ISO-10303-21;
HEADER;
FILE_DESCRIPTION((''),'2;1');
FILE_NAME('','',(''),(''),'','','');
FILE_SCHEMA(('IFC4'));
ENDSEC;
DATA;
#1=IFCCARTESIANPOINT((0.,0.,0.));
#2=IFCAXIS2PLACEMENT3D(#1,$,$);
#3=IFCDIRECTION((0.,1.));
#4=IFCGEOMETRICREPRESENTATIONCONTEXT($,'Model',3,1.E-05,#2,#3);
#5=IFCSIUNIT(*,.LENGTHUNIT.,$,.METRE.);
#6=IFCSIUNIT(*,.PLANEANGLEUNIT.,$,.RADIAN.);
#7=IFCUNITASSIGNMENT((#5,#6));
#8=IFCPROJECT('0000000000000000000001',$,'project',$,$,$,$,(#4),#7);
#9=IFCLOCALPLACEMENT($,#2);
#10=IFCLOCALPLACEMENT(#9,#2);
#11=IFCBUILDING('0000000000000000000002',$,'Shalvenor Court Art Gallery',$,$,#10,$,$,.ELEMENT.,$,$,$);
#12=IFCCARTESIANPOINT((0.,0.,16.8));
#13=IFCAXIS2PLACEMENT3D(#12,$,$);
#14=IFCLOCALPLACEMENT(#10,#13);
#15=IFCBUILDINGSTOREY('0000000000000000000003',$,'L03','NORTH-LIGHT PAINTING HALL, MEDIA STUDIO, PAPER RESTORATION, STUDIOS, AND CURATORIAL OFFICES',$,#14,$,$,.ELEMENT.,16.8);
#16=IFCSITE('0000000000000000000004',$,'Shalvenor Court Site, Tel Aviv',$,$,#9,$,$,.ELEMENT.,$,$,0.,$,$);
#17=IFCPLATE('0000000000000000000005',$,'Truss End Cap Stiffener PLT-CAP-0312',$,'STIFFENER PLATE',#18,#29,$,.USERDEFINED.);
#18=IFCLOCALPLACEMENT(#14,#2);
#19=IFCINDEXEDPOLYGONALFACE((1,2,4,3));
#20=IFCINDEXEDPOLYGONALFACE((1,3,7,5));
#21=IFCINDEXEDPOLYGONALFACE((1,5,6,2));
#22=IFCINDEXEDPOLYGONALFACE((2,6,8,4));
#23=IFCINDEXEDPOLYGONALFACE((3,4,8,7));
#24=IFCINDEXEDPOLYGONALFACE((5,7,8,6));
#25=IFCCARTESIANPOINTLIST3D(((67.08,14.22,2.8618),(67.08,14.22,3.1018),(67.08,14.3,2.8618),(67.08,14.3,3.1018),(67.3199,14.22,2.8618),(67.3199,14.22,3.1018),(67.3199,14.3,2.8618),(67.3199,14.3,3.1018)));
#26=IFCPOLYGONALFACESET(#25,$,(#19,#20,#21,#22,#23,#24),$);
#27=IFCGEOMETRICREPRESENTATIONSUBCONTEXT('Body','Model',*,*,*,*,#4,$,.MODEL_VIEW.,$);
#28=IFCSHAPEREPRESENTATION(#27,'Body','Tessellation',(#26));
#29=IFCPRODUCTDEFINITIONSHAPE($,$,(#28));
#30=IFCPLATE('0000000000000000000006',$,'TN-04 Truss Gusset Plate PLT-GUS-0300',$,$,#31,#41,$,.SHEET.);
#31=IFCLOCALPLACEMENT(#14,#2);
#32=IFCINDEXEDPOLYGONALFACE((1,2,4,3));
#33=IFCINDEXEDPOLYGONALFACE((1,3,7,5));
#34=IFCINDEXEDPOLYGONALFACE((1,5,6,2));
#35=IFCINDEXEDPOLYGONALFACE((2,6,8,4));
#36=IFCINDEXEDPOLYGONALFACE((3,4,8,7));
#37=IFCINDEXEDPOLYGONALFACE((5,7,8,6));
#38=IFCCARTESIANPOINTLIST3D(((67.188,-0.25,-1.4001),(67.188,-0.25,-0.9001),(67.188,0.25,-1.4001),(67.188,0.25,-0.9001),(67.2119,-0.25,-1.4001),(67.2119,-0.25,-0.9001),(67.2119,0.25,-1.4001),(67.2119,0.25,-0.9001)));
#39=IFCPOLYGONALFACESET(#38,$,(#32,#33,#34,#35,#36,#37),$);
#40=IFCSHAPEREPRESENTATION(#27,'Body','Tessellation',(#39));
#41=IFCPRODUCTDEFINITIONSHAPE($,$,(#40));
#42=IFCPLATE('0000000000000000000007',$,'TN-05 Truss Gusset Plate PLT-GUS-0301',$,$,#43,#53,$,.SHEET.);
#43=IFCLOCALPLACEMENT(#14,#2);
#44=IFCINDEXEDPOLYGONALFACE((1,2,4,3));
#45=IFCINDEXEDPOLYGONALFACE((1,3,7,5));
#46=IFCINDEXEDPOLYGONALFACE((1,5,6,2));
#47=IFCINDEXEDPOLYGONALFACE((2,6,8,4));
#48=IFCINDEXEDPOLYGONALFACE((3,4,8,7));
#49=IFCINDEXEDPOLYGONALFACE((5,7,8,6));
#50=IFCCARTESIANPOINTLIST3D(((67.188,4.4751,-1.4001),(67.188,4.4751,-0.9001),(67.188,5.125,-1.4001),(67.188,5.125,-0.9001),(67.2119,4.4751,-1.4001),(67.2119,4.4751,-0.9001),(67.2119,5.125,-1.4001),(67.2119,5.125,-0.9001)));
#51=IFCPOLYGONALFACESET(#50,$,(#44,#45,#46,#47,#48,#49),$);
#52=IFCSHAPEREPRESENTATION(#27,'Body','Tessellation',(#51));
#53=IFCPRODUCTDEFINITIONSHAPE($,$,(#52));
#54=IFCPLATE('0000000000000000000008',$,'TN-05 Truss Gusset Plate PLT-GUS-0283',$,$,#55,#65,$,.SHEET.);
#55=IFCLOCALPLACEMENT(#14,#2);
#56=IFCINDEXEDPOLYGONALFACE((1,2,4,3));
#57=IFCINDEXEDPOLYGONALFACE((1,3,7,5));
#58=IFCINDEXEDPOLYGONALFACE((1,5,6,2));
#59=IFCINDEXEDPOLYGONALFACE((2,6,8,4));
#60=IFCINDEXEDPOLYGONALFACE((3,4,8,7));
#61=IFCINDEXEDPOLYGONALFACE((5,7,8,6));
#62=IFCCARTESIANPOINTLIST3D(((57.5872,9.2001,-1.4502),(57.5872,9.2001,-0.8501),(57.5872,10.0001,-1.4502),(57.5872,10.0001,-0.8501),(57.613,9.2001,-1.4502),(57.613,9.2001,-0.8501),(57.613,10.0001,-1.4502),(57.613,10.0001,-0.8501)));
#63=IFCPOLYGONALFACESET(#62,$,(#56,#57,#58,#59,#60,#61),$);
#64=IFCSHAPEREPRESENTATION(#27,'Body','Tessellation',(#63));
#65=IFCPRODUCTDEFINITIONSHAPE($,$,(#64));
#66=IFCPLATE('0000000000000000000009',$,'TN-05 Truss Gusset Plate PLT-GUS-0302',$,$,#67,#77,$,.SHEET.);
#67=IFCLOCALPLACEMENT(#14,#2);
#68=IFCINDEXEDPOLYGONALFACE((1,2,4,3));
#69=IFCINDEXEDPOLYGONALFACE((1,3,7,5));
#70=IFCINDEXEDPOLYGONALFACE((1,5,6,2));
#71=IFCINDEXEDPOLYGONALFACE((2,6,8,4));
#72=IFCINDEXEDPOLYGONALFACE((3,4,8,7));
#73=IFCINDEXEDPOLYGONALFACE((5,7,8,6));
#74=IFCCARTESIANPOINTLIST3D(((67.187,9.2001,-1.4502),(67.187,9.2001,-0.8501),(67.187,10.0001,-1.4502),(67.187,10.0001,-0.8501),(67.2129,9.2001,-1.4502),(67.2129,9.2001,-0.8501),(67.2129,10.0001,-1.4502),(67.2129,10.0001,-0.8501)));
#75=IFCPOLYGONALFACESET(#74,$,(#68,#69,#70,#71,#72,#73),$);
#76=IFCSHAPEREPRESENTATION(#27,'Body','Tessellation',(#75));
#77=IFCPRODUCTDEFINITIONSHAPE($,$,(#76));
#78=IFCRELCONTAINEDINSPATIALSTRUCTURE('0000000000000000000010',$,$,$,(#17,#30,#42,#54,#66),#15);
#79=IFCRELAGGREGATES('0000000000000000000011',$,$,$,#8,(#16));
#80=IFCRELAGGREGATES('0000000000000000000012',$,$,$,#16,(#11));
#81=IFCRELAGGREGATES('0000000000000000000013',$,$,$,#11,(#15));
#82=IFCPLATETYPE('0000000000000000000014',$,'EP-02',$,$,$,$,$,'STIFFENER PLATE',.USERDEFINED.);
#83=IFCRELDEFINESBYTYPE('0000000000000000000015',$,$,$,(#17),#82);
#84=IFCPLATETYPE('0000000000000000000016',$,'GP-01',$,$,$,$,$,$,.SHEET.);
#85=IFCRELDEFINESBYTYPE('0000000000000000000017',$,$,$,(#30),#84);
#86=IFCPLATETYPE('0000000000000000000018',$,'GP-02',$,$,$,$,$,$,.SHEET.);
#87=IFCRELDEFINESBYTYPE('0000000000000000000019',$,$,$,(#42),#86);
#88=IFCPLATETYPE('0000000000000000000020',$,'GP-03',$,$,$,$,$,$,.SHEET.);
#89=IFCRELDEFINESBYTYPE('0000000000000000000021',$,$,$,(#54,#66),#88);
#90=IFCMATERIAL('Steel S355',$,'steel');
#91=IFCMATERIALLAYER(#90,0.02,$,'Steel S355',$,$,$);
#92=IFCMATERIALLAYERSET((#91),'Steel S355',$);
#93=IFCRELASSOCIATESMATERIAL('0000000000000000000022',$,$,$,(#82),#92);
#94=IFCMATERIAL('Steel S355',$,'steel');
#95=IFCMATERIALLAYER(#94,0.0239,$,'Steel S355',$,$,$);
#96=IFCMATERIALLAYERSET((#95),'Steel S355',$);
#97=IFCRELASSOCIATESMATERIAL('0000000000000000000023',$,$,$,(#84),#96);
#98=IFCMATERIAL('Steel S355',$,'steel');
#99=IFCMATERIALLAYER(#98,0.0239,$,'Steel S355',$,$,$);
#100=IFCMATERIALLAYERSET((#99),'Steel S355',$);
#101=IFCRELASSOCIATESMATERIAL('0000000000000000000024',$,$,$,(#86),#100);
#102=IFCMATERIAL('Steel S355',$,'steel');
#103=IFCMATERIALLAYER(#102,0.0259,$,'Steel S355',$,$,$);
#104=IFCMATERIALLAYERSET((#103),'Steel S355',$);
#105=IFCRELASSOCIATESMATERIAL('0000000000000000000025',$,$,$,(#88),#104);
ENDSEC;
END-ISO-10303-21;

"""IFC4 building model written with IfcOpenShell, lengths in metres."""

from ifc_helpers import new_model, si_unit, direction, frame, origin, origin_2d, place, context, subcontext, project, spatial, rectangle, extrude, material, layer, layer_set, type_object, element, save


model = new_model("IFC4")

# Units and contexts
model_context = context("Model", 3, precision=1e-05, world=origin(), true_north=direction((0.0, 1.0)))
body_context = subcontext(model_context, "Body", "Model", "MODEL_VIEW")
ifc_project = project(units=[si_unit("LENGTHUNIT", "METRE"), si_unit("PLANEANGLEUNIT", "RADIAN")], contexts=[model_context])

# Site, building, storey
site_placement = place(None, origin())
site = spatial("IfcSite", under=ifc_project, at=site_placement, Name="Shalvenor Court Site, Tel Aviv", CompositionType="ELEMENT", RefElevation=0.0)
building_placement = place(site_placement, origin())
building = spatial("IfcBuilding", under=site, at=building_placement, Name="Shalvenor Court Art Gallery", CompositionType="ELEMENT")
storey_placement = place(building_placement, frame((0.0, 0.0, 16.8)))
storey = spatial("IfcBuildingStorey", under=building, at=storey_placement, Name="L03", Description="NORTH-LIGHT PAINTING HALL, MEDIA STUDIO, PAPER RESTORATION, STUDIOS, AND CURATORIAL OFFICES", CompositionType="ELEMENT", Elevation=16.8)

# Plates
ifc_material_1 = material(Name="Steel S355", Category="steel")
ifc_layer_1 = layer(ifc_material_1, 0.02, Name="Steel S355")
ifc_layer_set_1 = layer_set([ifc_layer_1], Name="Steel S355")
plate_type_1 = type_object("IfcPlateType", Name="EP-02", ElementType="STIFFENER PLATE", PredefinedType="USERDEFINED", material=ifc_layer_set_1)
for number, where, z_axis, x_axis, name in (
    (1, (67.2, 14.26, 2.8618), (0.0, 0.0, 1.0), (1.0, 0.0, 0.0), "Truss End Cap Stiffener PLT-CAP-0312"),
):
    element("IfcPlate", number, at=place(storey_placement, frame(where, z_axis=z_axis, x_axis=x_axis)), inside=storey, type_object=plate_type_1, Name=name, ObjectType="STIFFENER PLATE", PredefinedType="USERDEFINED", context=body_context, shape_type="SweptSolid", body=[
        extrude(rectangle(XDim=0.24, YDim=0.0801, at=origin_2d()), origin(), (0.0, 0.0, 1.0), 0.24),
    ])
ifc_material_2 = material(Name="Steel S355", Category="steel")
ifc_layer_2 = layer(ifc_material_2, 0.0239, Name="Steel S355")
ifc_layer_set_2 = layer_set([ifc_layer_2], Name="Steel S355")
plate_type_2 = type_object("IfcPlateType", Name="GP-01", PredefinedType="SHEET", material=ifc_layer_set_2)
plate_1_placement = place(storey_placement, frame((67.2, 0.0, -1.4001), z_axis=(0.0, 0.0, 1.0), x_axis=(0.0, 1.0, 0.0)))
element("IfcPlate", 2, at=plate_1_placement, inside=storey, type_object=plate_type_2, Name="TN-04 Truss Gusset Plate PLT-GUS-0300", PredefinedType="SHEET", context=body_context, shape_type="SweptSolid", body=[
    extrude(rectangle(XDim=0.5, YDim=0.0239, at=origin_2d()), origin(), (0.0, 0.0, 1.0), 0.5),
])
ifc_material_3 = material(Name="Steel S355", Category="steel")
ifc_layer_3 = layer(ifc_material_3, 0.0239, Name="Steel S355")
ifc_layer_set_3 = layer_set([ifc_layer_3], Name="Steel S355")
plate_type_3 = type_object("IfcPlateType", Name="GP-02", PredefinedType="SHEET", material=ifc_layer_set_3)
plate_2_placement = place(storey_placement, frame((67.2, 4.8, -1.4001), z_axis=(0.0, 0.0, 1.0), x_axis=(0.0, 1.0, 0.0)))
element("IfcPlate", 3, at=plate_2_placement, inside=storey, type_object=plate_type_3, Name="TN-05 Truss Gusset Plate PLT-GUS-0301", PredefinedType="SHEET", context=body_context, shape_type="SweptSolid", body=[
    extrude(rectangle(XDim=0.6499, YDim=0.0239, at=origin_2d()), origin(), (0.0, 0.0, 1.0), 0.5),
])
ifc_material_4 = material(Name="Steel S355", Category="steel")
ifc_layer_4 = layer(ifc_material_4, 0.0259, Name="Steel S355")
ifc_layer_set_4 = layer_set([ifc_layer_4], Name="Steel S355")
plate_type_4 = type_object("IfcPlateType", Name="GP-03", PredefinedType="SHEET", material=ifc_layer_set_4)
for number, where, z_axis, x_axis, name in (
    (4, (57.6001, 9.6001, -1.4502), (0.0, 0.0, 1.0), (0.0, 1.0, 0.0), "TN-05 Truss Gusset Plate PLT-GUS-0283"),
    (5, (67.2, 9.6001, -1.4502), (0.0, 0.0, 1.0), (0.0, 1.0, 0.0), "TN-05 Truss Gusset Plate PLT-GUS-0302"),
):
    element("IfcPlate", number, at=place(storey_placement, frame(where, z_axis=z_axis, x_axis=x_axis)), inside=storey, type_object=plate_type_4, Name=name, PredefinedType="SHEET", context=body_context, shape_type="SweptSolid", body=[
        extrude(rectangle(XDim=0.8, YDim=0.0259, at=origin_2d()), origin(), (0.0, 0.0, 1.0), 0.6001),
    ])

save(model, "model.ifc")
